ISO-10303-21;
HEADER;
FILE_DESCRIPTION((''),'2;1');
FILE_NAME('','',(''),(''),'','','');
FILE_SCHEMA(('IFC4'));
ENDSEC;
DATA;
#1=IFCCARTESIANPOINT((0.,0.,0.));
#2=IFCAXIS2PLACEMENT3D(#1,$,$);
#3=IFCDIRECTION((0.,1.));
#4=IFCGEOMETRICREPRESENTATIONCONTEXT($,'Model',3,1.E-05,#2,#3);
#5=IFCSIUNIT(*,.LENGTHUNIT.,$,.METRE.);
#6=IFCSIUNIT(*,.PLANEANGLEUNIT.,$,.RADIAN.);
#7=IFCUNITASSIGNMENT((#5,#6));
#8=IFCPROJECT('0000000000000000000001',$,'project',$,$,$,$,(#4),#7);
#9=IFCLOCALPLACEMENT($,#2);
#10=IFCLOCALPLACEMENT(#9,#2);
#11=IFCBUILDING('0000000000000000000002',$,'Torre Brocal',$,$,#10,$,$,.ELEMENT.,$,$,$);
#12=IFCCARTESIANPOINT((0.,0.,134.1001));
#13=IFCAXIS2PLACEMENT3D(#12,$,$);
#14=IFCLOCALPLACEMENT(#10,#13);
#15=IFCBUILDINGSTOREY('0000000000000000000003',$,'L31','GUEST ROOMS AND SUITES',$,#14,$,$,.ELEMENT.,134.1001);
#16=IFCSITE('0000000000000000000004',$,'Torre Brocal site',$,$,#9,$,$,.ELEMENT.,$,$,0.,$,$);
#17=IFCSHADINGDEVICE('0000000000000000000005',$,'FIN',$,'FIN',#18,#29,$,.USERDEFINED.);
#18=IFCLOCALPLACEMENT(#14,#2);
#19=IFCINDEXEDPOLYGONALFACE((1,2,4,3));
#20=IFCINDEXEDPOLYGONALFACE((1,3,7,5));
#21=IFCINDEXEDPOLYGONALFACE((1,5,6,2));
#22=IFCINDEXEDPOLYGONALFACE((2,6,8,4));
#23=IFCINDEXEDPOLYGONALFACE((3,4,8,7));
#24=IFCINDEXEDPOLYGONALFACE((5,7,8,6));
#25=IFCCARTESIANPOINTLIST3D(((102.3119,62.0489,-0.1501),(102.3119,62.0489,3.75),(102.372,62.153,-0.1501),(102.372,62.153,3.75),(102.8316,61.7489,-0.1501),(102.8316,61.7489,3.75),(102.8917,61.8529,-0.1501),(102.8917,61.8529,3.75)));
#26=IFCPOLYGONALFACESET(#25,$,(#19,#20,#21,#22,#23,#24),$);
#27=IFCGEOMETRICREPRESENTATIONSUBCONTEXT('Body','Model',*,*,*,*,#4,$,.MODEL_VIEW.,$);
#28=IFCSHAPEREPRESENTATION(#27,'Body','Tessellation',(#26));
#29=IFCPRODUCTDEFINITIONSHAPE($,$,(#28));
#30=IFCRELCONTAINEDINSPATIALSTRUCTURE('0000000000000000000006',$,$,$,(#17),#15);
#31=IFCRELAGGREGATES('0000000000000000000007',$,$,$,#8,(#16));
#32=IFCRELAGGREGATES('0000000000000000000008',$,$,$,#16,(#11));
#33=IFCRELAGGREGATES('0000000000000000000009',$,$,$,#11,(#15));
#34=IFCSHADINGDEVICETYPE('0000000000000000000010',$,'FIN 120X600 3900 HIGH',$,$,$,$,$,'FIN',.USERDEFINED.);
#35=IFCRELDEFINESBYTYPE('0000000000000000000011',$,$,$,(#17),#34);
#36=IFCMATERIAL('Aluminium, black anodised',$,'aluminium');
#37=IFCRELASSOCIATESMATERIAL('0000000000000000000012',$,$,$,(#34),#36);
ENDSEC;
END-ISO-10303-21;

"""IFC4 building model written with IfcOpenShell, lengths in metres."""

from ifc_helpers import new_model, si_unit, direction, frame, origin, origin_2d, place, context, subcontext, project, spatial, rectangle, extrude, material, material_profile, profile_set, type_object, element, save


model = new_model("IFC4")

# Units and contexts
model_context = context("Model", 3, precision=1e-05, world=origin(), true_north=direction((0.0, 1.0)))
body_context = subcontext(model_context, "Body", "Model", "MODEL_VIEW")
ifc_project = project(units=[si_unit("LENGTHUNIT", "METRE"), si_unit("PLANEANGLEUNIT", "RADIAN")], contexts=[model_context])

# Site, building, storey
site_placement = place(None, origin())
site = spatial("IfcSite", under=ifc_project, at=site_placement, Name="Torre Brocal site", CompositionType="ELEMENT", RefElevation=0.0)
building_placement = place(site_placement, origin())
building = spatial("IfcBuilding", under=site, at=building_placement, Name="Torre Brocal", CompositionType="ELEMENT")
storey_placement = place(building_placement, frame((0.0, 0.0, 134.1001)))
storey = spatial("IfcBuildingStorey", under=building, at=storey_placement, Name="L31", Description="GUEST ROOMS AND SUITES", CompositionType="ELEMENT", Elevation=134.1001)

# Shading device
ifc_material_1 = material(Name="Aluminium, black anodised", Category="aluminium")
ifc_material_profile_1 = material_profile(ifc_material_1, rectangle(XDim=0.1201, YDim=0.6001, at=origin_2d()), Name="FIN 120X600 3900 HIGH")
ifc_profile_set_1 = profile_set([ifc_material_profile_1], Name="Aluminium, black anodised")
shading_device_type = type_object("IfcShadingDeviceType", Name="FIN 120X600 3900 HIGH", ElementType="FIN", PredefinedType="USERDEFINED", material=ifc_profile_set_1)
for number, where, z_axis, x_axis, name in (
    (1, (102.6018, 61.9509, -0.1501), (0.0, 0.0, 1.0), (0.5, 0.866025, 0.0), "FIN"),
):
    element("IfcShadingDevice", number, at=place(storey_placement, frame(where, z_axis=z_axis, x_axis=x_axis)), inside=storey, type_object=shading_device_type, Name=name, ObjectType="FIN", PredefinedType="USERDEFINED", context=body_context, shape_type="SweptSolid", body=[
        extrude(rectangle(XDim=0.1201, YDim=0.6001, at=origin_2d()), origin(), (0.0, 0.0, 1.0), 3.9001),
    ])

save(model, "model.ifc")
